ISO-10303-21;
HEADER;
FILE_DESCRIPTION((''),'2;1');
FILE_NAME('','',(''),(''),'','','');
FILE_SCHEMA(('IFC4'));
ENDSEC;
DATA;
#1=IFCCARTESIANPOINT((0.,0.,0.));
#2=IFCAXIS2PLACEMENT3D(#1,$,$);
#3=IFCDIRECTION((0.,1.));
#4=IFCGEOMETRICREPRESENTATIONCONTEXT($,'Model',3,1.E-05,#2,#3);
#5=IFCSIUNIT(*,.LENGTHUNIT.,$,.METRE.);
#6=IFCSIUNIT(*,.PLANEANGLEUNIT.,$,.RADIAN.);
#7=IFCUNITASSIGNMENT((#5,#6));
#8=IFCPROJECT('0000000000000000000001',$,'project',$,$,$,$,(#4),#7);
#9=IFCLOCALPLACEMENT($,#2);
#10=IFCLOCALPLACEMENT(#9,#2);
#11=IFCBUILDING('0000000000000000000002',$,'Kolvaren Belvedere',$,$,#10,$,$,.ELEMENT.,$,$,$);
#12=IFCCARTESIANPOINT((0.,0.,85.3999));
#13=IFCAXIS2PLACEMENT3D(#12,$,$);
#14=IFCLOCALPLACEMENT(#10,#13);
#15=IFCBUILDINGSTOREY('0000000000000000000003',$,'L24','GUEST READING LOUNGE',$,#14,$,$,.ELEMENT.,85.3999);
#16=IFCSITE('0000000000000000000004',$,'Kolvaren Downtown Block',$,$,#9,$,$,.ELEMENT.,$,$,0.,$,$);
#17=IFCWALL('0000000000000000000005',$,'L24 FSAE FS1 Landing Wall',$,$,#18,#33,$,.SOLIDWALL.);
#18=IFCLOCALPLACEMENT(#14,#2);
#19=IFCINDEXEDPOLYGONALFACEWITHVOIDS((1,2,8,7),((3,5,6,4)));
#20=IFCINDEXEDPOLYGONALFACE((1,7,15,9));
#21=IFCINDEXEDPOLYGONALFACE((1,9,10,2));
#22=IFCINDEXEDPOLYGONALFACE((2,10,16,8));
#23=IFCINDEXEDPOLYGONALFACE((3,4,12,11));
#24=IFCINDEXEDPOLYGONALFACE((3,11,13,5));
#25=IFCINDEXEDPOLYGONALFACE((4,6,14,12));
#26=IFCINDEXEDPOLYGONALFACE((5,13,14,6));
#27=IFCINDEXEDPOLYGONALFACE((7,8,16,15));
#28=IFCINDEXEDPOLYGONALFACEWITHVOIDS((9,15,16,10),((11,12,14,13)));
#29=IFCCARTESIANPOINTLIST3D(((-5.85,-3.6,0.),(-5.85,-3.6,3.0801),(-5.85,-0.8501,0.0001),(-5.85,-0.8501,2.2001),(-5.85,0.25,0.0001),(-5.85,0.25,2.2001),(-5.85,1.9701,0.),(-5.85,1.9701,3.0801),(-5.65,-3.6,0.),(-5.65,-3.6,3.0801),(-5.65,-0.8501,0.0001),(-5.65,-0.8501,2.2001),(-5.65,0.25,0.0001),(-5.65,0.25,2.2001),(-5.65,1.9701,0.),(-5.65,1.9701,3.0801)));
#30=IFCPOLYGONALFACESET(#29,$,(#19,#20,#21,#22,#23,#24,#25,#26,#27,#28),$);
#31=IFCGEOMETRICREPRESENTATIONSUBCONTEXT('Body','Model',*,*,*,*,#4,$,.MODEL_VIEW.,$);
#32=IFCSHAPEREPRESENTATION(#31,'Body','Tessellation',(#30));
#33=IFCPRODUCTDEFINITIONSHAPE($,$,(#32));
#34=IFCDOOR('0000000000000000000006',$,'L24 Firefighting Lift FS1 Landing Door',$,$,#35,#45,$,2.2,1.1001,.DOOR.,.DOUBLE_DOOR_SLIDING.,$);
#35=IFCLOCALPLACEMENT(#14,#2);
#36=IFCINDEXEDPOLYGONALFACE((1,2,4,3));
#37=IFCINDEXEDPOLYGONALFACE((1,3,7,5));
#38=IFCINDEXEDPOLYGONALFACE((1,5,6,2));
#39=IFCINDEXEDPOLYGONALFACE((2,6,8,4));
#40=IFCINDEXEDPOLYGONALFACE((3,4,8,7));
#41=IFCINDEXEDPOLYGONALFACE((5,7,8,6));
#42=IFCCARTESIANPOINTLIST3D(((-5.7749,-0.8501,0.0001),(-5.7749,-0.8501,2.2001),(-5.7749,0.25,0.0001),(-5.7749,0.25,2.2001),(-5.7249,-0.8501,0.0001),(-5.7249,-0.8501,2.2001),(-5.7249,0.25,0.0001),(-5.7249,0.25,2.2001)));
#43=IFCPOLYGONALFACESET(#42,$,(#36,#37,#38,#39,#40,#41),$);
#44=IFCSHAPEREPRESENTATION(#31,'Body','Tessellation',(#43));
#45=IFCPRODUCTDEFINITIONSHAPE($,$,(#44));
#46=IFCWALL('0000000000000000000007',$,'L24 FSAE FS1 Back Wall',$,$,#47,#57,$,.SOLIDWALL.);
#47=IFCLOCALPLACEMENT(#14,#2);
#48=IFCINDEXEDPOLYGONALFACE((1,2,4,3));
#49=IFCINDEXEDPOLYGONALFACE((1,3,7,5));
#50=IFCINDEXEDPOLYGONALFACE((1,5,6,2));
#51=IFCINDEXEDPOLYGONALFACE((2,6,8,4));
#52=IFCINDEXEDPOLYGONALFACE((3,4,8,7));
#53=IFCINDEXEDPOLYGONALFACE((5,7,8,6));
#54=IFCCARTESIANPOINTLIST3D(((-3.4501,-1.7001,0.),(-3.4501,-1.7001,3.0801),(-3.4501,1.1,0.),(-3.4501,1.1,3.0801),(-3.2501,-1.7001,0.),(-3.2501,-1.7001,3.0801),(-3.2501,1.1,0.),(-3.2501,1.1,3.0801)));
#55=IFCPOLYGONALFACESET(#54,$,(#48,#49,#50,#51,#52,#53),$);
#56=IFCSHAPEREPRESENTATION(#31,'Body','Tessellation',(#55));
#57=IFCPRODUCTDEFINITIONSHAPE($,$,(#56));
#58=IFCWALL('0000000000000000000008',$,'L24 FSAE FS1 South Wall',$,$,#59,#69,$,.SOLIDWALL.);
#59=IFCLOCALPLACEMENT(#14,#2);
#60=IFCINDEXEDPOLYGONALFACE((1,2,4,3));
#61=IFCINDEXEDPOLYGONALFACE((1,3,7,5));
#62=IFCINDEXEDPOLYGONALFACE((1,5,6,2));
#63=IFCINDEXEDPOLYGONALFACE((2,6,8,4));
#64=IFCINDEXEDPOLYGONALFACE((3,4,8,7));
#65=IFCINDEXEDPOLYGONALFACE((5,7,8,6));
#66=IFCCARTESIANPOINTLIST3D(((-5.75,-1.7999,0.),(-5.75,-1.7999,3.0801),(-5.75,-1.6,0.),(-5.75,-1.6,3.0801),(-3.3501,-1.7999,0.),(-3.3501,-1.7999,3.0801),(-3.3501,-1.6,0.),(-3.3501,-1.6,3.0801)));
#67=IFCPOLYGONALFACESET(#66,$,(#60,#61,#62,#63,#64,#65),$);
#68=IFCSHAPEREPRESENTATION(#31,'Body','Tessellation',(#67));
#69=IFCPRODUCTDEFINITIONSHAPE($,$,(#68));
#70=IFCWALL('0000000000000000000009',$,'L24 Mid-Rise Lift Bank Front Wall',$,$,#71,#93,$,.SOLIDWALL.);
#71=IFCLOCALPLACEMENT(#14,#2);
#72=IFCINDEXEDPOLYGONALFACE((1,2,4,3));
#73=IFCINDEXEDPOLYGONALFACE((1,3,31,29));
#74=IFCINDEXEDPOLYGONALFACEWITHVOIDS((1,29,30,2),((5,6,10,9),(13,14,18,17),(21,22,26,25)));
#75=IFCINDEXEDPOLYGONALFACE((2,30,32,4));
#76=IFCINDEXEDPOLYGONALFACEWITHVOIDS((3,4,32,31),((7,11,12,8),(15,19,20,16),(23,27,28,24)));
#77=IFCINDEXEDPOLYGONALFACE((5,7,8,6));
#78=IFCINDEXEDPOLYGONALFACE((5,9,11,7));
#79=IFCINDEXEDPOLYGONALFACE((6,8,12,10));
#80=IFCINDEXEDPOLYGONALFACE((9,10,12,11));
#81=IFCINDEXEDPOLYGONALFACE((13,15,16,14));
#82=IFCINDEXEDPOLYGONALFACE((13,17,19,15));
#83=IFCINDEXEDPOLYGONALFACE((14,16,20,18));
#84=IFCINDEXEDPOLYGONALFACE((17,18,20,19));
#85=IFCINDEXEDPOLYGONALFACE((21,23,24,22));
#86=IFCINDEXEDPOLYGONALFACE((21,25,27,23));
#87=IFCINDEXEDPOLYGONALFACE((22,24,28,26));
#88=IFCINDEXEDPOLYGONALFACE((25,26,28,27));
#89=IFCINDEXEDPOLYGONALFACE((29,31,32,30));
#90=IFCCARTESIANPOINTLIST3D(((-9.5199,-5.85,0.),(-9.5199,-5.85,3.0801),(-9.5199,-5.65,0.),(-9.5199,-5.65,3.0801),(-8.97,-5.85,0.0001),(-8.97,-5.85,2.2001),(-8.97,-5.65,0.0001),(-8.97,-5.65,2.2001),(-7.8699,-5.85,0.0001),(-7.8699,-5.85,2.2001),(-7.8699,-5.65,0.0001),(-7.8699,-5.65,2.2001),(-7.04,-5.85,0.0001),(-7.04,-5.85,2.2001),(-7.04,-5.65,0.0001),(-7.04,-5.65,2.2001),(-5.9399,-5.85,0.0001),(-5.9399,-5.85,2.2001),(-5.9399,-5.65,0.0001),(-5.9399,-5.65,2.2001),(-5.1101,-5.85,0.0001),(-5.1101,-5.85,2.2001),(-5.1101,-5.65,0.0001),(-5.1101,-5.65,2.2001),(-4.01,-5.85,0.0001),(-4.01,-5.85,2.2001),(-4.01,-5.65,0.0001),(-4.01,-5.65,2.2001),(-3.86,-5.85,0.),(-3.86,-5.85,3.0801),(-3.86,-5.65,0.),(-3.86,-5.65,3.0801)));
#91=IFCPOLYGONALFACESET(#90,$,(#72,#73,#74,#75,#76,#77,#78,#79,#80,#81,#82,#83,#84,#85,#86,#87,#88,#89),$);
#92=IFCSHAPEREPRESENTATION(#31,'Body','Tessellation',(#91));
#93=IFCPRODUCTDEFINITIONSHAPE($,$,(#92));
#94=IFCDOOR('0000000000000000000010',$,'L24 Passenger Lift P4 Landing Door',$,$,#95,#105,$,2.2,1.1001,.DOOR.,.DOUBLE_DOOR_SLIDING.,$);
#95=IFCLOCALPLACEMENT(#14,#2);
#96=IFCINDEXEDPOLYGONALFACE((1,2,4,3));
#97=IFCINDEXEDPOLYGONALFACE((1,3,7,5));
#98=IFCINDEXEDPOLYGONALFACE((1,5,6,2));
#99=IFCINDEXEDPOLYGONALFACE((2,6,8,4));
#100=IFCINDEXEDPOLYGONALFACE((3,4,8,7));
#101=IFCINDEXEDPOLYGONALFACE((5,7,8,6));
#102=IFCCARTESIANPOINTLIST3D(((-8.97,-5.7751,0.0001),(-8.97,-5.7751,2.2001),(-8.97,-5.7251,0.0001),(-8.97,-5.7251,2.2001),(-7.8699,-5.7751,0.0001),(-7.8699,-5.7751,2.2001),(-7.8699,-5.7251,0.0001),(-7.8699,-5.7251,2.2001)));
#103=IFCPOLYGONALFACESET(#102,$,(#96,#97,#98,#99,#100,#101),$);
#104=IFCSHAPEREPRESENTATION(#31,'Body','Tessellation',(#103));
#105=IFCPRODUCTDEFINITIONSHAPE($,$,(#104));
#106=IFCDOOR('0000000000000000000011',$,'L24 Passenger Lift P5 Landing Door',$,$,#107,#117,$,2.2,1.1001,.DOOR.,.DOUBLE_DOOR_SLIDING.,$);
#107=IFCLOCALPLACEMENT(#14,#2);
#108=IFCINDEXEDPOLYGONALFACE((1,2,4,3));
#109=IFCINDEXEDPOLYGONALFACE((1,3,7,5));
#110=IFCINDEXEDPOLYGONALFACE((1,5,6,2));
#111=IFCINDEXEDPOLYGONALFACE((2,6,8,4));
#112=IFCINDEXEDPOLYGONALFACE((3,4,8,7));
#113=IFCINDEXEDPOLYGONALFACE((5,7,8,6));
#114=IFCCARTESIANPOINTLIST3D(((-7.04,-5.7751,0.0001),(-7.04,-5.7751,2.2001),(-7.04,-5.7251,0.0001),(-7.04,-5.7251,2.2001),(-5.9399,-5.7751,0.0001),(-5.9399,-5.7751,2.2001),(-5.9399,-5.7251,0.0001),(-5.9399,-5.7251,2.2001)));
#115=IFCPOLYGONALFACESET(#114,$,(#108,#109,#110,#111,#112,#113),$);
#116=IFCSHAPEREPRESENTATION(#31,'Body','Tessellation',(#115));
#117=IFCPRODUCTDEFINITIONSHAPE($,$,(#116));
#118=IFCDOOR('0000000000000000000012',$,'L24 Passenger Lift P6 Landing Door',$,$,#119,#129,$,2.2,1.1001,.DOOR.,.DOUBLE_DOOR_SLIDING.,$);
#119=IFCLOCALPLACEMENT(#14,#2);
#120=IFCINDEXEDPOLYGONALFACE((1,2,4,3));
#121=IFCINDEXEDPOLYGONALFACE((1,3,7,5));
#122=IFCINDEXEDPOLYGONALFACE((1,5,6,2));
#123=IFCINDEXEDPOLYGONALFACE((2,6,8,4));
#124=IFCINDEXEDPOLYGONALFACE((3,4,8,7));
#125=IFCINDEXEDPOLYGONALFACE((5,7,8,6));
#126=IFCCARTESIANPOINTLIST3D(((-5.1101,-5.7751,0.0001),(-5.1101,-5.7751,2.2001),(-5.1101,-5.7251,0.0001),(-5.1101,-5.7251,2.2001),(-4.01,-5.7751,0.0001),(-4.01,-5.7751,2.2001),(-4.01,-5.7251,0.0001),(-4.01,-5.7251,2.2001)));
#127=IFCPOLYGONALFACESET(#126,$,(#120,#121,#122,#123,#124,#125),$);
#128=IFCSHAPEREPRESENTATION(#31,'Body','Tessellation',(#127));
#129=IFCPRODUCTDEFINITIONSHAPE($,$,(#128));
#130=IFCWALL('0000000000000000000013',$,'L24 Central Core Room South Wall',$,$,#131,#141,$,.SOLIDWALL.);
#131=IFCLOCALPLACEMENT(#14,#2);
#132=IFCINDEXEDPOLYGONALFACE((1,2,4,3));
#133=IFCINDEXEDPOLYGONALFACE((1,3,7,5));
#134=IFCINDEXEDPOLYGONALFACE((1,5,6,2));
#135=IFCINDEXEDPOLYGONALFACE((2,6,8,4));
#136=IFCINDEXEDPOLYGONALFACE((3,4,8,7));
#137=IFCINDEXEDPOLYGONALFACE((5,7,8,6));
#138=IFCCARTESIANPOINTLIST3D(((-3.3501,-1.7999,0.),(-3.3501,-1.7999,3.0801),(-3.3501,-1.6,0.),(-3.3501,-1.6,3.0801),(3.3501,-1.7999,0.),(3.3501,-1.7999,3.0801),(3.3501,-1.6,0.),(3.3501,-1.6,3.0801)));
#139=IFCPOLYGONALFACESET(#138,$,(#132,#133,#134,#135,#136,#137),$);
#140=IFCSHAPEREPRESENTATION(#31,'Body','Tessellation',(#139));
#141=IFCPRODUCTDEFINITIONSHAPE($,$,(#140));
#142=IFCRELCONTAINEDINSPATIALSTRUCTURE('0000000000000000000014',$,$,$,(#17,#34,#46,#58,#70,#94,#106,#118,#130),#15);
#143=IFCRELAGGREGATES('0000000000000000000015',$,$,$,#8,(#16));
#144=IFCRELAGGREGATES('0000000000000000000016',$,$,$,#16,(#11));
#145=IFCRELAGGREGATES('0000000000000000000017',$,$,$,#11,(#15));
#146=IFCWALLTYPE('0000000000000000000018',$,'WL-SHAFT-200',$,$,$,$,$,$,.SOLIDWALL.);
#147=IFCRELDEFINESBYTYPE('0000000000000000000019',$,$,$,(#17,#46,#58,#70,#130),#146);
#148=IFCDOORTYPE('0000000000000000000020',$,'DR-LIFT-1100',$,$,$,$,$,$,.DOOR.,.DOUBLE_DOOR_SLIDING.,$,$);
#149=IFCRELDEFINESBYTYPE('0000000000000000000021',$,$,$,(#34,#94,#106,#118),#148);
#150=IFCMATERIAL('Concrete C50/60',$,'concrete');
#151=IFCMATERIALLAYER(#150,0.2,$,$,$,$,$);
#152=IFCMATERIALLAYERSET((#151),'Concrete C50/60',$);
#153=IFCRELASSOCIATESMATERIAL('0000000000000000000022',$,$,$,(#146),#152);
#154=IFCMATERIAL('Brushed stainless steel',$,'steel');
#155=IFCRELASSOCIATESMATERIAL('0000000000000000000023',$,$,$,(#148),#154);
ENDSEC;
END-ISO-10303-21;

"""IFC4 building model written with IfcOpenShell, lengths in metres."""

from ifc_helpers import new_model, si_unit, direction, frame, frame_2d, origin, place, context, subcontext, project, spatial, rectangle, extrude, material, layer, layer_set, type_object, element, fill, save


model = new_model("IFC4")

# Units and contexts
model_context = context("Model", 3, precision=1e-05, world=origin(), true_north=direction((0.0, 1.0)))
body_context = subcontext(model_context, "Body", "Model", "MODEL_VIEW")
ifc_project = project(units=[si_unit("LENGTHUNIT", "METRE"), si_unit("PLANEANGLEUNIT", "RADIAN")], contexts=[model_context])

# Site, building, storey
site_placement = place(None, origin())
site = spatial("IfcSite", under=ifc_project, at=site_placement, Name="Kolvaren Downtown Block", CompositionType="ELEMENT", RefElevation=0.0)
building_placement = place(site_placement, origin())
building = spatial("IfcBuilding", under=site, at=building_placement, Name="Kolvaren Belvedere", CompositionType="ELEMENT")
storey_placement = place(building_placement, frame((0.0, 0.0, 85.3999)))
storey = spatial("IfcBuildingStorey", under=building, at=storey_placement, Name="L24", Description="GUEST READING LOUNGE", CompositionType="ELEMENT", Elevation=85.3999)

# Wall, opening, door
ifc_material_1 = material(Name="Concrete C50/60", Category="concrete")
ifc_layer_1 = layer(ifc_material_1, 0.2)
ifc_layer_set_1 = layer_set([ifc_layer_1], Name="Concrete C50/60")
wall_type_1 = type_object("IfcWallType", Name="WL-SHAFT-200", PredefinedType="SOLIDWALL", material=ifc_layer_set_1)
wall_1_placement = place(storey_placement, frame((-5.75, -3.6001, 0.0), z_axis=(0.0, 0.0, 1.0), x_axis=(0.0, 1.0, 0.0)))
wall_1 = element("IfcWall", 1, at=wall_1_placement, inside=storey, type_object=wall_type_1, Name="L24 FSAE FS1 Landing Wall", PredefinedType="SOLIDWALL", context=body_context, shape_type="SweptSolid", body=[
    extrude(rectangle(XDim=5.5701, YDim=0.2, at=frame_2d((2.7852, 0.0))), origin(), (0.0, 0.0, 1.0), 3.0801),
])
opening_1_placement = place(wall_1_placement, frame((2.75, 0.0, 0.0)))
opening_1 = element("IfcOpeningElement", 2, at=opening_1_placement, cuts=wall_1, PredefinedType="OPENING", context=body_context, shape_type="SweptSolid", body=[
    extrude(rectangle(XDim=1.1001, YDim=2.2, at=frame_2d((0.55, 1.1001))), frame((0.0, 0.1099, 0.0), z_axis=(0.0, -1.0, 0.0), x_axis=(1.0, 0.0, 0.0)), (0.0, 0.0, 1.0), 0.22),
])
ifc_material_2 = material(Name="Brushed stainless steel", Category="steel")
door_type_1 = type_object("IfcDoorType", Name="DR-LIFT-1100", OperationType="DOUBLE_DOOR_SLIDING", PredefinedType="DOOR", material=ifc_material_2)
door_1_placement = place(opening_1_placement, origin())
door_1 = element("IfcDoor", 3, at=door_1_placement, inside=storey, type_object=door_type_1, Name="L24 Firefighting Lift FS1 Landing Door", OperationType="DOUBLE_DOOR_SLIDING", OverallHeight=2.2, OverallWidth=1.1001, PredefinedType="DOOR", context=body_context, shape_type="SweptSolid", body=[
    extrude(rectangle(XDim=1.1001, YDim=2.2, at=frame_2d((0.55, 1.1001))), frame((0.0, 0.0249, 0.0), z_axis=(0.0, -1.0, 0.0), x_axis=(1.0, 0.0, 0.0)), (0.0, 0.0, 1.0), 0.05),
])
fill(opening_1, door_1)

# Walls
wall_2_placement = place(storey_placement, frame((-3.3501, -1.7, 0.0), z_axis=(0.0, 0.0, 1.0), x_axis=(0.0, 1.0, 0.0)))
element("IfcWall", 4, at=wall_2_placement, inside=storey, type_object=wall_type_1, Name="L24 FSAE FS1 Back Wall", PredefinedType="SOLIDWALL", context=body_context, shape_type="SweptSolid", body=[
    extrude(rectangle(XDim=2.8, YDim=0.2, at=frame_2d((1.3999, 0.0))), origin(), (0.0, 0.0, 1.0), 3.0801),
])
wall_3_placement = place(storey_placement, frame((-5.75, -1.7, 0.0), z_axis=(0.0, 0.0, 1.0), x_axis=(1.0, 0.0, 0.0)))
element("IfcWall", 5, at=wall_3_placement, inside=storey, type_object=wall_type_1, Name="L24 FSAE FS1 South Wall", PredefinedType="SOLIDWALL", context=body_context, shape_type="SweptSolid", body=[
    extrude(rectangle(XDim=2.3999, YDim=0.2, at=frame_2d((1.2, 0.0))), origin(), (0.0, 0.0, 1.0), 3.0801),
])

# Wall, openings, doors
wall_4_placement = place(storey_placement, frame((-9.52, -5.75, 0.0), z_axis=(0.0, 0.0, 1.0), x_axis=(1.0, 0.0, 0.0)))
wall_4 = element("IfcWall", 6, at=wall_4_placement, inside=storey, type_object=wall_type_1, Name="L24 Mid-Rise Lift Bank Front Wall", PredefinedType="SOLIDWALL", context=body_context, shape_type="SweptSolid", body=[
    extrude(rectangle(XDim=5.6599, YDim=0.2, at=frame_2d((2.8301, 0.0))), origin(), (0.0, 0.0, 1.0), 3.0801),
])
opening_2_placement = place(wall_4_placement, frame((0.55, 0.0, 0.0)))
opening_2 = element("IfcOpeningElement", 7, at=opening_2_placement, cuts=wall_4, PredefinedType="OPENING", context=body_context, shape_type="SweptSolid", body=[
    extrude(rectangle(XDim=1.1001, YDim=2.2, at=frame_2d((0.55, 1.1001))), frame((0.0, 0.1099, 0.0), z_axis=(0.0, -1.0, 0.0), x_axis=(1.0, 0.0, 0.0)), (0.0, 0.0, 1.0), 0.22),
])
opening_3_placement = place(wall_4_placement, frame((2.48, 0.0, 0.0)))
opening_3 = element("IfcOpeningElement", 8, at=opening_3_placement, cuts=wall_4, PredefinedType="OPENING", context=body_context, shape_type="SweptSolid", body=[
    extrude(rectangle(XDim=1.1001, YDim=2.2, at=frame_2d((0.55, 1.1001))), frame((0.0, 0.1099, 0.0), z_axis=(0.0, -1.0, 0.0), x_axis=(1.0, 0.0, 0.0)), (0.0, 0.0, 1.0), 0.22),
])
opening_4_placement = place(wall_4_placement, frame((4.4099, 0.0, 0.0)))
opening_4 = element("IfcOpeningElement", 9, at=opening_4_placement, cuts=wall_4, PredefinedType="OPENING", context=body_context, shape_type="SweptSolid", body=[
    extrude(rectangle(XDim=1.1001, YDim=2.2, at=frame_2d((0.55, 1.1001))), frame((0.0, 0.1099, 0.0), z_axis=(0.0, -1.0, 0.0), x_axis=(1.0, 0.0, 0.0)), (0.0, 0.0, 1.0), 0.22),
])
door_2_placement = place(opening_2_placement, origin())
door_2 = element("IfcDoor", 10, at=door_2_placement, inside=storey, type_object=door_type_1, Name="L24 Passenger Lift P4 Landing Door", OperationType="DOUBLE_DOOR_SLIDING", OverallHeight=2.2, OverallWidth=1.1001, PredefinedType="DOOR", context=body_context, shape_type="SweptSolid", body=[
    extrude(rectangle(XDim=1.1001, YDim=2.2, at=frame_2d((0.55, 1.1001))), frame((0.0, 0.0249, 0.0), z_axis=(0.0, -1.0, 0.0), x_axis=(1.0, 0.0, 0.0)), (0.0, 0.0, 1.0), 0.05),
])
fill(opening_2, door_2)
door_3_placement = place(opening_3_placement, origin())
door_3 = element("IfcDoor", 11, at=door_3_placement, inside=storey, type_object=door_type_1, Name="L24 Passenger Lift P5 Landing Door", OperationType="DOUBLE_DOOR_SLIDING", OverallHeight=2.2, OverallWidth=1.1001, PredefinedType="DOOR", context=body_context, shape_type="SweptSolid", body=[
    extrude(rectangle(XDim=1.1001, YDim=2.2, at=frame_2d((0.55, 1.1001))), frame((0.0, 0.0249, 0.0), z_axis=(0.0, -1.0, 0.0), x_axis=(1.0, 0.0, 0.0)), (0.0, 0.0, 1.0), 0.05),
])
fill(opening_3, door_3)
door_4_placement = place(opening_4_placement, origin())
door_4 = element("IfcDoor", 12, at=door_4_placement, inside=storey, type_object=door_type_1, Name="L24 Passenger Lift P6 Landing Door", OperationType="DOUBLE_DOOR_SLIDING", OverallHeight=2.2, OverallWidth=1.1001, PredefinedType="DOOR", context=body_context, shape_type="SweptSolid", body=[
    extrude(rectangle(XDim=1.1001, YDim=2.2, at=frame_2d((0.55, 1.1001))), frame((0.0, 0.0249, 0.0), z_axis=(0.0, -1.0, 0.0), x_axis=(1.0, 0.0, 0.0)), (0.0, 0.0, 1.0), 0.05),
])
fill(opening_4, door_4)

# Wall
wall_5_placement = place(storey_placement, frame((-3.3501, -1.7, 0.0), z_axis=(0.0, 0.0, 1.0), x_axis=(1.0, 0.0, 0.0)))
element("IfcWall", 13, at=wall_5_placement, inside=storey, type_object=wall_type_1, Name="L24 Central Core Room South Wall", PredefinedType="SOLIDWALL", context=body_context, shape_type="SweptSolid", body=[
    extrude(rectangle(XDim=6.7002, YDim=0.2, at=frame_2d((3.3501, 0.0))), origin(), (0.0, 0.0, 1.0), 3.0801),
])

save(model, "model.ifc")
